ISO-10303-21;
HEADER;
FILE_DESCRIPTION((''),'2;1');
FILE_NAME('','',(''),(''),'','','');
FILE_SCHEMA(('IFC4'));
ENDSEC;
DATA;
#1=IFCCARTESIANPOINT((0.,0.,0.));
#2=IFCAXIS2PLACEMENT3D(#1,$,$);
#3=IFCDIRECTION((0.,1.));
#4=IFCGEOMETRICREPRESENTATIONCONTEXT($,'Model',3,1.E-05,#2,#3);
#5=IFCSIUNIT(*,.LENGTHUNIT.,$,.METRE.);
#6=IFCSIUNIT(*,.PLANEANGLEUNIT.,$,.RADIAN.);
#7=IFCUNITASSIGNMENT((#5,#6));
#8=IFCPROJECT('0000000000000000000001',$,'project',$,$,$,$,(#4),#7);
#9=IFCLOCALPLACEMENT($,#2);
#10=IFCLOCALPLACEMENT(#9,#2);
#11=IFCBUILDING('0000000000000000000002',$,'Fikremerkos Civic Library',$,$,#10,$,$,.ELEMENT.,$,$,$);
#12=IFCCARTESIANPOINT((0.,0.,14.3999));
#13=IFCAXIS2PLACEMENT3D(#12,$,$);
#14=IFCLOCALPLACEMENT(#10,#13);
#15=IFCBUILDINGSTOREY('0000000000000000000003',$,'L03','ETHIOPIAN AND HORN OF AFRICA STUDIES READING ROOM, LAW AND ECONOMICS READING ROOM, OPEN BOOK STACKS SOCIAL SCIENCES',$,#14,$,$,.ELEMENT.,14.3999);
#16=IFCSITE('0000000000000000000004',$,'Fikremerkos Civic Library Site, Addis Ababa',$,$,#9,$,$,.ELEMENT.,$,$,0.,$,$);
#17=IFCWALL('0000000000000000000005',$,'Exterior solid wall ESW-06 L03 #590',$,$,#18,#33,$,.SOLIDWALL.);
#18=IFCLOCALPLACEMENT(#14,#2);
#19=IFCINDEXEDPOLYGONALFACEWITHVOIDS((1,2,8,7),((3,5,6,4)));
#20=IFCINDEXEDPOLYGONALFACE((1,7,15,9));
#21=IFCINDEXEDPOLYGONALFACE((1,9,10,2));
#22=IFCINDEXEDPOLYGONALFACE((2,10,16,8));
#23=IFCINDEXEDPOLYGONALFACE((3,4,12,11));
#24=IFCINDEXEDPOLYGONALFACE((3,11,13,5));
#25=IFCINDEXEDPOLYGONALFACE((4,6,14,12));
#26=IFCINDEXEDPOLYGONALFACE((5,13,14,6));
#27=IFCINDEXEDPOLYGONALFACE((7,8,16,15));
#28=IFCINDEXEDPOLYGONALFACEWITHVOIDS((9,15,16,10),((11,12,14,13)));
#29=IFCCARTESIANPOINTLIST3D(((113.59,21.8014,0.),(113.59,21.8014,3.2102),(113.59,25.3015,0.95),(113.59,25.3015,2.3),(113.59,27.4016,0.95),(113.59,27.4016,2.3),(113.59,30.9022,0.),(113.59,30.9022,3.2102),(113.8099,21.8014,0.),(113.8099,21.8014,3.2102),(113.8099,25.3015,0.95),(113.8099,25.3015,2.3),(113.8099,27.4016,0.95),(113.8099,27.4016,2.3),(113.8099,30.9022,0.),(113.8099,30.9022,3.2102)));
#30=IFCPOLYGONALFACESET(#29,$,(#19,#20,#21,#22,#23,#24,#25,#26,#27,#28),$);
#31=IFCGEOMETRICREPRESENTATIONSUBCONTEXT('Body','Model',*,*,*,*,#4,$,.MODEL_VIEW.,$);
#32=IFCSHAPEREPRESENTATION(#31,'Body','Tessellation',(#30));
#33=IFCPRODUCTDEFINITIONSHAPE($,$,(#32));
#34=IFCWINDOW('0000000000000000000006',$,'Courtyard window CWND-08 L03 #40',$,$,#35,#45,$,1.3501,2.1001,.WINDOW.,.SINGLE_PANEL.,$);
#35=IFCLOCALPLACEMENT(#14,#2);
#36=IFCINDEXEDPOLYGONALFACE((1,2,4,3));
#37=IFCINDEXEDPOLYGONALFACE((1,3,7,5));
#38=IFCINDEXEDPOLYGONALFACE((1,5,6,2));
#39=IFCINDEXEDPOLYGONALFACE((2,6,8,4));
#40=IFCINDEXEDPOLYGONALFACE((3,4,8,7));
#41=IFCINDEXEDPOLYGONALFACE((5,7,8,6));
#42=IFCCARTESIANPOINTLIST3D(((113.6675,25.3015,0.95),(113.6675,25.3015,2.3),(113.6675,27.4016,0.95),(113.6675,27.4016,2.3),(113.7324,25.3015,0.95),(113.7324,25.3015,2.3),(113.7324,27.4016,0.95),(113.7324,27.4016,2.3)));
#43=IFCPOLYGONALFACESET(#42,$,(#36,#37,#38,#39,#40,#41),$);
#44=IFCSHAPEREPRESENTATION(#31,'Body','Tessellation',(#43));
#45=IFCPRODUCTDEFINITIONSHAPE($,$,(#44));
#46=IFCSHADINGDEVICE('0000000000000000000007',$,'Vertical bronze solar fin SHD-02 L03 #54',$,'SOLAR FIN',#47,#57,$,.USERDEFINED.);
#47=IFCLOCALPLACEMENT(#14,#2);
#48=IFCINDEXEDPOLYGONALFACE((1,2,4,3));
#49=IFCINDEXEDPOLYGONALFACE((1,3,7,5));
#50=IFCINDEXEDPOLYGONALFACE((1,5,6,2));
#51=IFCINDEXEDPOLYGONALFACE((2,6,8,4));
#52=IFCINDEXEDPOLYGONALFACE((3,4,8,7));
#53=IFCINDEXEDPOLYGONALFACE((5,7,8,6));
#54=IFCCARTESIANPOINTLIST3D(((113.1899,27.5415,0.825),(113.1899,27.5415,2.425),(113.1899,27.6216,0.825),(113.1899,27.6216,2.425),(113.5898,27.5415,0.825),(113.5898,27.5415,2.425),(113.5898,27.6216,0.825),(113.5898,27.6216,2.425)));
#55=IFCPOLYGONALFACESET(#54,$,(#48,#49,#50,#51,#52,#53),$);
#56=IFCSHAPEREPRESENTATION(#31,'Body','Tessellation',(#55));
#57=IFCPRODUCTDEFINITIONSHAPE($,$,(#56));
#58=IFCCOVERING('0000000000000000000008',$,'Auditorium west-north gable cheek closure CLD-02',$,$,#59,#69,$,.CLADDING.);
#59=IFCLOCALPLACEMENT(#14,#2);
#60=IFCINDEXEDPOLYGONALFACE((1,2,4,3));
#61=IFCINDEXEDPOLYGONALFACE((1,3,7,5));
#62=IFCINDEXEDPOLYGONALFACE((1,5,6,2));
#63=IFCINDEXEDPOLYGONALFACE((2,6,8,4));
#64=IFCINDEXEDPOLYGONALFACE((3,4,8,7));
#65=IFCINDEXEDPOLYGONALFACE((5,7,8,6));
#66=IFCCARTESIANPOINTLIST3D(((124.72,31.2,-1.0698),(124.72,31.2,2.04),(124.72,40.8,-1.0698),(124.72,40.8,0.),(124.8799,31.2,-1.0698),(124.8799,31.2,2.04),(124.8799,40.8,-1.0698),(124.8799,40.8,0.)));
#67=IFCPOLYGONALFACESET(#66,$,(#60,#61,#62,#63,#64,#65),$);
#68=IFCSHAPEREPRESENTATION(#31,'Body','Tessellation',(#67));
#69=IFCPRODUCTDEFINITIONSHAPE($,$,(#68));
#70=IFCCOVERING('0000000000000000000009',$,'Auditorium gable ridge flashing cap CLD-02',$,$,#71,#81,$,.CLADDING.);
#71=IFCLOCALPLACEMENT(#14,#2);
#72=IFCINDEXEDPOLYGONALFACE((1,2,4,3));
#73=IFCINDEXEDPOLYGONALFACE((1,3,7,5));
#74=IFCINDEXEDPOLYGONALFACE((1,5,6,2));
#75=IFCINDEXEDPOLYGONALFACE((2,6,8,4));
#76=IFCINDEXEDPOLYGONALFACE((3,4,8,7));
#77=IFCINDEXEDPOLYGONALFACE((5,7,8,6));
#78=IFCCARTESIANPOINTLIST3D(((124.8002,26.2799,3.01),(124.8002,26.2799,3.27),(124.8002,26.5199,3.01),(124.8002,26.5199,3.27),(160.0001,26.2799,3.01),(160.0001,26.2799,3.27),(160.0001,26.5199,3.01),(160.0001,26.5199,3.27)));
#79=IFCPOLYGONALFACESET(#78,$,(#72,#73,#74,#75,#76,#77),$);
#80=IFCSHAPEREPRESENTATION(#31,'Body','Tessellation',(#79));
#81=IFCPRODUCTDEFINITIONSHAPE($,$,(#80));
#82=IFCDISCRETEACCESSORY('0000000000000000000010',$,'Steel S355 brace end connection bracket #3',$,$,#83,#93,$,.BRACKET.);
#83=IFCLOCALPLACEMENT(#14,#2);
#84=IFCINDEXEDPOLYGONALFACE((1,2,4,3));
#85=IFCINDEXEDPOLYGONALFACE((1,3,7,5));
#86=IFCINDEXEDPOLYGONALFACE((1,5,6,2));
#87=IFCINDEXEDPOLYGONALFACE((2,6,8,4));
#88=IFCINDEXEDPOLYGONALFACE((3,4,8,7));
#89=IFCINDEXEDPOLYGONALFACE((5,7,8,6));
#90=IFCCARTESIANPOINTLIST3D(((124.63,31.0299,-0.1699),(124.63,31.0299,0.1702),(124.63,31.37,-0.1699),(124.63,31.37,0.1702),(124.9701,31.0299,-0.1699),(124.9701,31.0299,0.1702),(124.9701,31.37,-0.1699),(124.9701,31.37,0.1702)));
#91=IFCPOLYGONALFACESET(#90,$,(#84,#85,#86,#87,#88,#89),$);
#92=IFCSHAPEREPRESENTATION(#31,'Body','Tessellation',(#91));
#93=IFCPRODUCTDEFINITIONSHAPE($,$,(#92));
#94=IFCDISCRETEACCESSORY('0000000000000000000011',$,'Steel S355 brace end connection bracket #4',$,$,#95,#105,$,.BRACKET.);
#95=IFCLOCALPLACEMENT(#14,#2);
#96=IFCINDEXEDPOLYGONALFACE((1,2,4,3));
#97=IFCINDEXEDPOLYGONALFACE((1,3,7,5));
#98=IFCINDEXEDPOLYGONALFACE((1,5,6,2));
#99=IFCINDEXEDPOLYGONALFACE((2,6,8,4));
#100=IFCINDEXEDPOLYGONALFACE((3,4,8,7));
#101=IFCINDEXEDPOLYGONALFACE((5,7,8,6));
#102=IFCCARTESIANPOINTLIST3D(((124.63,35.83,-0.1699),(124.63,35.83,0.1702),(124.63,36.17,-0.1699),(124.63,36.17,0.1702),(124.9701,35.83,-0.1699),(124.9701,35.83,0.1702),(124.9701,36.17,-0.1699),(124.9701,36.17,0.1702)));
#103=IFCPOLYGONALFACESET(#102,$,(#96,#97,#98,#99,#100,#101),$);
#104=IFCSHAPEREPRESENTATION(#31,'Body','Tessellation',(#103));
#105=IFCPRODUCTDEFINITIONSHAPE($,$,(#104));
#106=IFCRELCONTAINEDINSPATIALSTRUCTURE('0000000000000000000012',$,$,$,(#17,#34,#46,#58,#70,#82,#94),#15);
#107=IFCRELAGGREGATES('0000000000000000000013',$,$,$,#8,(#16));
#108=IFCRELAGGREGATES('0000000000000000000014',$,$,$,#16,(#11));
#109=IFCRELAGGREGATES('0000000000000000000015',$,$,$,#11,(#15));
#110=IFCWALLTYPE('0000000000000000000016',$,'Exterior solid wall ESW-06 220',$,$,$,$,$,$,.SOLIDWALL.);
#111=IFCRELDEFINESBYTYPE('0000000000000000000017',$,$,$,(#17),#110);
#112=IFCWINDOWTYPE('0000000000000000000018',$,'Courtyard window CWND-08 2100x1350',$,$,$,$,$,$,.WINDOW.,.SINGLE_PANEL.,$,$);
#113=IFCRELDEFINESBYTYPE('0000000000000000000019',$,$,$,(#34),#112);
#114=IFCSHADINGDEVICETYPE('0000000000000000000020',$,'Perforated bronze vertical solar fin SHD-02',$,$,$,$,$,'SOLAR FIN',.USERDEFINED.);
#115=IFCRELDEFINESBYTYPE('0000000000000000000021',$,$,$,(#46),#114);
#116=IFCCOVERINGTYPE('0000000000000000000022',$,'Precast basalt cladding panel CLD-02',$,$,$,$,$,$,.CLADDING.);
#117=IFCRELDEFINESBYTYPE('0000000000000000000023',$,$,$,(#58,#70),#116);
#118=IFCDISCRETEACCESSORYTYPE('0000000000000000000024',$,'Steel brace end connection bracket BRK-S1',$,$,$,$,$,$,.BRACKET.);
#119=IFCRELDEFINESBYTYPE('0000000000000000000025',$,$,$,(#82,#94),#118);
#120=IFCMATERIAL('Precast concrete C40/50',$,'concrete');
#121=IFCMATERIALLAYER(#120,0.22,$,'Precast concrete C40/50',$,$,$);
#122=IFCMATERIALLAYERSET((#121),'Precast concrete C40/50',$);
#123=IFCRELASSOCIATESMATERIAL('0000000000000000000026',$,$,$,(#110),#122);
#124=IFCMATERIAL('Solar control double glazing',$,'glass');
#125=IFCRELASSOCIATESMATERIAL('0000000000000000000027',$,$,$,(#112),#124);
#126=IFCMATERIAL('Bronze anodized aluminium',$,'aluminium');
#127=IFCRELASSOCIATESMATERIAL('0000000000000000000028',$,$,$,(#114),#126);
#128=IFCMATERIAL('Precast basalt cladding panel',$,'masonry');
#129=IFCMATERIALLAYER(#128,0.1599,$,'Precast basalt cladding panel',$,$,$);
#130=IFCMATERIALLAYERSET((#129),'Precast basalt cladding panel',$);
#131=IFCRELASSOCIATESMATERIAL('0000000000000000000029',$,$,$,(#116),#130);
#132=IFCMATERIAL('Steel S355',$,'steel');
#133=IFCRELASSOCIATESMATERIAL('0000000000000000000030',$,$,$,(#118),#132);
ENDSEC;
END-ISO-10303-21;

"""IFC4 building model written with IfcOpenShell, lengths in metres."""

from ifc_helpers import new_model, si_unit, direction, frame, frame_2d, origin, origin_2d, place, context, subcontext, project, spatial, polyline, rectangle, outline, extrude, material, layer, layer_set, type_object, element, fill, save


model = new_model("IFC4")

# Units and contexts
model_context = context("Model", 3, precision=1e-05, world=origin(), true_north=direction((0.0, 1.0)))
body_context = subcontext(model_context, "Body", "Model", "MODEL_VIEW")
ifc_project = project(units=[si_unit("LENGTHUNIT", "METRE"), si_unit("PLANEANGLEUNIT", "RADIAN")], contexts=[model_context])

# Site, building, storey
site_placement = place(None, origin())
site = spatial("IfcSite", under=ifc_project, at=site_placement, Name="Fikremerkos Civic Library Site, Addis Ababa", CompositionType="ELEMENT", RefElevation=0.0)
building_placement = place(site_placement, origin())
building = spatial("IfcBuilding", under=site, at=building_placement, Name="Fikremerkos Civic Library", CompositionType="ELEMENT")
storey_placement = place(building_placement, frame((0.0, 0.0, 14.3999)))
storey = spatial("IfcBuildingStorey", under=building, at=storey_placement, Name="L03", Description="ETHIOPIAN AND HORN OF AFRICA STUDIES READING ROOM, LAW AND ECONOMICS READING ROOM, OPEN BOOK STACKS SOCIAL SCIENCES", CompositionType="ELEMENT", Elevation=14.3999)

# Shared definitions
ifc_material_1 = material(Name="Steel S355", Category="steel")

# Shared definitions
ifc_material_2 = material(Name="Precast concrete C40/50", Category="concrete")

# Wall, opening, window
ifc_layer_1 = layer(ifc_material_2, 0.22, Name="Precast concrete C40/50")
ifc_layer_set_1 = layer_set([ifc_layer_1], Name="Precast concrete C40/50")
wall_type_1 = type_object("IfcWallType", Name="Exterior solid wall ESW-06 220", PredefinedType="SOLIDWALL", material=ifc_layer_set_1)
wall_1_placement = place(storey_placement, frame((113.7, 30.9021, 0.0), z_axis=(0.0, 0.0, 1.0), x_axis=(0.0, -1.0, 0.0)))
wall_1 = element("IfcWall", 1, at=wall_1_placement, inside=storey, type_object=wall_type_1, Name="Exterior solid wall ESW-06 L03 #590", PredefinedType="SOLIDWALL", context=body_context, shape_type="SweptSolid", body=[
    extrude(rectangle(XDim=9.1008, YDim=0.22, at=frame_2d((4.5503, 0.0))), origin(), (0.0, 0.0, 1.0), 3.2102),
])
opening_placement = place(wall_1_placement, frame((3.5005, 0.0, 0.95)))
opening = element("IfcOpeningElement", 2, at=opening_placement, cuts=wall_1, PredefinedType="OPENING", context=body_context, shape_type="SweptSolid", body=[
    extrude(rectangle(XDim=2.1001, YDim=1.3501, at=frame_2d((1.05, 0.675))), frame((0.0, 0.1199, 0.0), z_axis=(0.0, -1.0, 0.0), x_axis=(1.0, 0.0, 0.0)), (0.0, 0.0, 1.0), 0.24),
])
ifc_material_3 = material(Name="Solar control double glazing", Category="glass")
window_type = type_object("IfcWindowType", Name="Courtyard window CWND-08 2100x1350", PartitioningType="SINGLE_PANEL", PredefinedType="WINDOW", material=ifc_material_3)
window_placement = place(opening_placement, origin())
window = element("IfcWindow", 3, at=window_placement, inside=storey, type_object=window_type, Name="Courtyard window CWND-08 L03 #40", OverallHeight=1.3501, OverallWidth=2.1001, PartitioningType="SINGLE_PANEL", PredefinedType="WINDOW", context=body_context, shape_type="SweptSolid", body=[
    extrude(rectangle(XDim=2.1001, YDim=1.3501, at=frame_2d((1.05, 0.675))), frame((0.0, 0.0325, 0.0), z_axis=(0.0, -1.0, 0.0), x_axis=(1.0, 0.0, 0.0)), (0.0, 0.0, 1.0), 0.0649),
])
fill(opening, window)

# Shading device
ifc_material_4 = material(Name="Bronze anodized aluminium", Category="aluminium")
shading_device_type = type_object("IfcShadingDeviceType", Name="Perforated bronze vertical solar fin SHD-02", ElementType="SOLAR FIN", PredefinedType="USERDEFINED", material=ifc_material_4)
shading_device_placement = place(storey_placement, frame((113.3899, 27.5815, 0.825), z_axis=(0.0, 0.0, 1.0), x_axis=(0.0, 1.0, 0.0)))
element("IfcShadingDevice", 4, at=shading_device_placement, inside=storey, type_object=shading_device_type, Name="Vertical bronze solar fin SHD-02 L03 #54", ObjectType="SOLAR FIN", PredefinedType="USERDEFINED", context=body_context, shape_type="SweptSolid", body=[
    extrude(rectangle(XDim=0.0801, YDim=0.3999, at=origin_2d()), origin(), (0.0, 0.0, 1.0), 1.6001),
])

# Coverings
ifc_material_5 = material(Name="Precast basalt cladding panel", Category="masonry")
ifc_layer_2 = layer(ifc_material_5, 0.1599, Name="Precast basalt cladding panel")
ifc_layer_set_2 = layer_set([ifc_layer_2], Name="Precast basalt cladding panel")
covering_type = type_object("IfcCoveringType", Name="Precast basalt cladding panel CLD-02", PredefinedType="CLADDING", material=ifc_layer_set_2)
covering_1_placement = place(storey_placement, frame((124.8, 31.2, -1.0698), z_axis=(0.0, 0.0, 1.0), x_axis=(0.0, 1.0, 0.0)))
element("IfcCovering", 5, at=covering_1_placement, inside=storey, type_object=covering_type, Name="Auditorium west-north gable cheek closure CLD-02", PredefinedType="CLADDING", context=body_context, shape_type="SweptSolid", body=[
    extrude(outline(polyline([(0.0, 0.0), (9.6001, 0.0), (9.6001, 1.0698), (0.0, 3.1099), (0.0, 0.0)])), frame((0.0, 0.0801, 0.0), z_axis=(0.0, -1.0, 0.0), x_axis=(1.0, 0.0, 0.0)), (0.0, 0.0, 1.0), 0.1599),
])
covering_2_placement = place(storey_placement, frame((124.8, 26.3999, 3.01), z_axis=(0.0, 0.0, 1.0), x_axis=(1.0, 0.0, 0.0)))
element("IfcCovering", 6, at=covering_2_placement, inside=storey, type_object=covering_type, Name="Auditorium gable ridge flashing cap CLD-02", PredefinedType="CLADDING", context=body_context, shape_type="SweptSolid", body=[
    extrude(rectangle(XDim=35.2, YDim=0.24, at=frame_2d((17.6001, 0.0))), origin(), (0.0, 0.0, 1.0), 0.26),
])

# Discrete accessories
discrete_accessory_type = type_object("IfcDiscreteAccessoryType", Name="Steel brace end connection bracket BRK-S1", PredefinedType="BRACKET", material=ifc_material_1)
for number, where, z_axis, x_axis, name in (
    (7, (124.8, 31.2, -0.1699), (0.0, 0.0, 1.0), (1.0, 0.0, 0.0), "Steel S355 brace end connection bracket #3"),
    (8, (124.8, 36.0, -0.1699), (0.0, 0.0, 1.0), (1.0, 0.0, 0.0), "Steel S355 brace end connection bracket #4"),
):
    element("IfcDiscreteAccessory", number, at=place(storey_placement, frame(where, z_axis=z_axis, x_axis=x_axis)), inside=storey, type_object=discrete_accessory_type, Name=name, PredefinedType="BRACKET", context=body_context, shape_type="SweptSolid", body=[
        extrude(rectangle(XDim=0.3401, YDim=0.3401, at=origin_2d()), origin(), (0.0, 0.0, 1.0), 0.3401),
    ])

save(model, "model.ifc")
